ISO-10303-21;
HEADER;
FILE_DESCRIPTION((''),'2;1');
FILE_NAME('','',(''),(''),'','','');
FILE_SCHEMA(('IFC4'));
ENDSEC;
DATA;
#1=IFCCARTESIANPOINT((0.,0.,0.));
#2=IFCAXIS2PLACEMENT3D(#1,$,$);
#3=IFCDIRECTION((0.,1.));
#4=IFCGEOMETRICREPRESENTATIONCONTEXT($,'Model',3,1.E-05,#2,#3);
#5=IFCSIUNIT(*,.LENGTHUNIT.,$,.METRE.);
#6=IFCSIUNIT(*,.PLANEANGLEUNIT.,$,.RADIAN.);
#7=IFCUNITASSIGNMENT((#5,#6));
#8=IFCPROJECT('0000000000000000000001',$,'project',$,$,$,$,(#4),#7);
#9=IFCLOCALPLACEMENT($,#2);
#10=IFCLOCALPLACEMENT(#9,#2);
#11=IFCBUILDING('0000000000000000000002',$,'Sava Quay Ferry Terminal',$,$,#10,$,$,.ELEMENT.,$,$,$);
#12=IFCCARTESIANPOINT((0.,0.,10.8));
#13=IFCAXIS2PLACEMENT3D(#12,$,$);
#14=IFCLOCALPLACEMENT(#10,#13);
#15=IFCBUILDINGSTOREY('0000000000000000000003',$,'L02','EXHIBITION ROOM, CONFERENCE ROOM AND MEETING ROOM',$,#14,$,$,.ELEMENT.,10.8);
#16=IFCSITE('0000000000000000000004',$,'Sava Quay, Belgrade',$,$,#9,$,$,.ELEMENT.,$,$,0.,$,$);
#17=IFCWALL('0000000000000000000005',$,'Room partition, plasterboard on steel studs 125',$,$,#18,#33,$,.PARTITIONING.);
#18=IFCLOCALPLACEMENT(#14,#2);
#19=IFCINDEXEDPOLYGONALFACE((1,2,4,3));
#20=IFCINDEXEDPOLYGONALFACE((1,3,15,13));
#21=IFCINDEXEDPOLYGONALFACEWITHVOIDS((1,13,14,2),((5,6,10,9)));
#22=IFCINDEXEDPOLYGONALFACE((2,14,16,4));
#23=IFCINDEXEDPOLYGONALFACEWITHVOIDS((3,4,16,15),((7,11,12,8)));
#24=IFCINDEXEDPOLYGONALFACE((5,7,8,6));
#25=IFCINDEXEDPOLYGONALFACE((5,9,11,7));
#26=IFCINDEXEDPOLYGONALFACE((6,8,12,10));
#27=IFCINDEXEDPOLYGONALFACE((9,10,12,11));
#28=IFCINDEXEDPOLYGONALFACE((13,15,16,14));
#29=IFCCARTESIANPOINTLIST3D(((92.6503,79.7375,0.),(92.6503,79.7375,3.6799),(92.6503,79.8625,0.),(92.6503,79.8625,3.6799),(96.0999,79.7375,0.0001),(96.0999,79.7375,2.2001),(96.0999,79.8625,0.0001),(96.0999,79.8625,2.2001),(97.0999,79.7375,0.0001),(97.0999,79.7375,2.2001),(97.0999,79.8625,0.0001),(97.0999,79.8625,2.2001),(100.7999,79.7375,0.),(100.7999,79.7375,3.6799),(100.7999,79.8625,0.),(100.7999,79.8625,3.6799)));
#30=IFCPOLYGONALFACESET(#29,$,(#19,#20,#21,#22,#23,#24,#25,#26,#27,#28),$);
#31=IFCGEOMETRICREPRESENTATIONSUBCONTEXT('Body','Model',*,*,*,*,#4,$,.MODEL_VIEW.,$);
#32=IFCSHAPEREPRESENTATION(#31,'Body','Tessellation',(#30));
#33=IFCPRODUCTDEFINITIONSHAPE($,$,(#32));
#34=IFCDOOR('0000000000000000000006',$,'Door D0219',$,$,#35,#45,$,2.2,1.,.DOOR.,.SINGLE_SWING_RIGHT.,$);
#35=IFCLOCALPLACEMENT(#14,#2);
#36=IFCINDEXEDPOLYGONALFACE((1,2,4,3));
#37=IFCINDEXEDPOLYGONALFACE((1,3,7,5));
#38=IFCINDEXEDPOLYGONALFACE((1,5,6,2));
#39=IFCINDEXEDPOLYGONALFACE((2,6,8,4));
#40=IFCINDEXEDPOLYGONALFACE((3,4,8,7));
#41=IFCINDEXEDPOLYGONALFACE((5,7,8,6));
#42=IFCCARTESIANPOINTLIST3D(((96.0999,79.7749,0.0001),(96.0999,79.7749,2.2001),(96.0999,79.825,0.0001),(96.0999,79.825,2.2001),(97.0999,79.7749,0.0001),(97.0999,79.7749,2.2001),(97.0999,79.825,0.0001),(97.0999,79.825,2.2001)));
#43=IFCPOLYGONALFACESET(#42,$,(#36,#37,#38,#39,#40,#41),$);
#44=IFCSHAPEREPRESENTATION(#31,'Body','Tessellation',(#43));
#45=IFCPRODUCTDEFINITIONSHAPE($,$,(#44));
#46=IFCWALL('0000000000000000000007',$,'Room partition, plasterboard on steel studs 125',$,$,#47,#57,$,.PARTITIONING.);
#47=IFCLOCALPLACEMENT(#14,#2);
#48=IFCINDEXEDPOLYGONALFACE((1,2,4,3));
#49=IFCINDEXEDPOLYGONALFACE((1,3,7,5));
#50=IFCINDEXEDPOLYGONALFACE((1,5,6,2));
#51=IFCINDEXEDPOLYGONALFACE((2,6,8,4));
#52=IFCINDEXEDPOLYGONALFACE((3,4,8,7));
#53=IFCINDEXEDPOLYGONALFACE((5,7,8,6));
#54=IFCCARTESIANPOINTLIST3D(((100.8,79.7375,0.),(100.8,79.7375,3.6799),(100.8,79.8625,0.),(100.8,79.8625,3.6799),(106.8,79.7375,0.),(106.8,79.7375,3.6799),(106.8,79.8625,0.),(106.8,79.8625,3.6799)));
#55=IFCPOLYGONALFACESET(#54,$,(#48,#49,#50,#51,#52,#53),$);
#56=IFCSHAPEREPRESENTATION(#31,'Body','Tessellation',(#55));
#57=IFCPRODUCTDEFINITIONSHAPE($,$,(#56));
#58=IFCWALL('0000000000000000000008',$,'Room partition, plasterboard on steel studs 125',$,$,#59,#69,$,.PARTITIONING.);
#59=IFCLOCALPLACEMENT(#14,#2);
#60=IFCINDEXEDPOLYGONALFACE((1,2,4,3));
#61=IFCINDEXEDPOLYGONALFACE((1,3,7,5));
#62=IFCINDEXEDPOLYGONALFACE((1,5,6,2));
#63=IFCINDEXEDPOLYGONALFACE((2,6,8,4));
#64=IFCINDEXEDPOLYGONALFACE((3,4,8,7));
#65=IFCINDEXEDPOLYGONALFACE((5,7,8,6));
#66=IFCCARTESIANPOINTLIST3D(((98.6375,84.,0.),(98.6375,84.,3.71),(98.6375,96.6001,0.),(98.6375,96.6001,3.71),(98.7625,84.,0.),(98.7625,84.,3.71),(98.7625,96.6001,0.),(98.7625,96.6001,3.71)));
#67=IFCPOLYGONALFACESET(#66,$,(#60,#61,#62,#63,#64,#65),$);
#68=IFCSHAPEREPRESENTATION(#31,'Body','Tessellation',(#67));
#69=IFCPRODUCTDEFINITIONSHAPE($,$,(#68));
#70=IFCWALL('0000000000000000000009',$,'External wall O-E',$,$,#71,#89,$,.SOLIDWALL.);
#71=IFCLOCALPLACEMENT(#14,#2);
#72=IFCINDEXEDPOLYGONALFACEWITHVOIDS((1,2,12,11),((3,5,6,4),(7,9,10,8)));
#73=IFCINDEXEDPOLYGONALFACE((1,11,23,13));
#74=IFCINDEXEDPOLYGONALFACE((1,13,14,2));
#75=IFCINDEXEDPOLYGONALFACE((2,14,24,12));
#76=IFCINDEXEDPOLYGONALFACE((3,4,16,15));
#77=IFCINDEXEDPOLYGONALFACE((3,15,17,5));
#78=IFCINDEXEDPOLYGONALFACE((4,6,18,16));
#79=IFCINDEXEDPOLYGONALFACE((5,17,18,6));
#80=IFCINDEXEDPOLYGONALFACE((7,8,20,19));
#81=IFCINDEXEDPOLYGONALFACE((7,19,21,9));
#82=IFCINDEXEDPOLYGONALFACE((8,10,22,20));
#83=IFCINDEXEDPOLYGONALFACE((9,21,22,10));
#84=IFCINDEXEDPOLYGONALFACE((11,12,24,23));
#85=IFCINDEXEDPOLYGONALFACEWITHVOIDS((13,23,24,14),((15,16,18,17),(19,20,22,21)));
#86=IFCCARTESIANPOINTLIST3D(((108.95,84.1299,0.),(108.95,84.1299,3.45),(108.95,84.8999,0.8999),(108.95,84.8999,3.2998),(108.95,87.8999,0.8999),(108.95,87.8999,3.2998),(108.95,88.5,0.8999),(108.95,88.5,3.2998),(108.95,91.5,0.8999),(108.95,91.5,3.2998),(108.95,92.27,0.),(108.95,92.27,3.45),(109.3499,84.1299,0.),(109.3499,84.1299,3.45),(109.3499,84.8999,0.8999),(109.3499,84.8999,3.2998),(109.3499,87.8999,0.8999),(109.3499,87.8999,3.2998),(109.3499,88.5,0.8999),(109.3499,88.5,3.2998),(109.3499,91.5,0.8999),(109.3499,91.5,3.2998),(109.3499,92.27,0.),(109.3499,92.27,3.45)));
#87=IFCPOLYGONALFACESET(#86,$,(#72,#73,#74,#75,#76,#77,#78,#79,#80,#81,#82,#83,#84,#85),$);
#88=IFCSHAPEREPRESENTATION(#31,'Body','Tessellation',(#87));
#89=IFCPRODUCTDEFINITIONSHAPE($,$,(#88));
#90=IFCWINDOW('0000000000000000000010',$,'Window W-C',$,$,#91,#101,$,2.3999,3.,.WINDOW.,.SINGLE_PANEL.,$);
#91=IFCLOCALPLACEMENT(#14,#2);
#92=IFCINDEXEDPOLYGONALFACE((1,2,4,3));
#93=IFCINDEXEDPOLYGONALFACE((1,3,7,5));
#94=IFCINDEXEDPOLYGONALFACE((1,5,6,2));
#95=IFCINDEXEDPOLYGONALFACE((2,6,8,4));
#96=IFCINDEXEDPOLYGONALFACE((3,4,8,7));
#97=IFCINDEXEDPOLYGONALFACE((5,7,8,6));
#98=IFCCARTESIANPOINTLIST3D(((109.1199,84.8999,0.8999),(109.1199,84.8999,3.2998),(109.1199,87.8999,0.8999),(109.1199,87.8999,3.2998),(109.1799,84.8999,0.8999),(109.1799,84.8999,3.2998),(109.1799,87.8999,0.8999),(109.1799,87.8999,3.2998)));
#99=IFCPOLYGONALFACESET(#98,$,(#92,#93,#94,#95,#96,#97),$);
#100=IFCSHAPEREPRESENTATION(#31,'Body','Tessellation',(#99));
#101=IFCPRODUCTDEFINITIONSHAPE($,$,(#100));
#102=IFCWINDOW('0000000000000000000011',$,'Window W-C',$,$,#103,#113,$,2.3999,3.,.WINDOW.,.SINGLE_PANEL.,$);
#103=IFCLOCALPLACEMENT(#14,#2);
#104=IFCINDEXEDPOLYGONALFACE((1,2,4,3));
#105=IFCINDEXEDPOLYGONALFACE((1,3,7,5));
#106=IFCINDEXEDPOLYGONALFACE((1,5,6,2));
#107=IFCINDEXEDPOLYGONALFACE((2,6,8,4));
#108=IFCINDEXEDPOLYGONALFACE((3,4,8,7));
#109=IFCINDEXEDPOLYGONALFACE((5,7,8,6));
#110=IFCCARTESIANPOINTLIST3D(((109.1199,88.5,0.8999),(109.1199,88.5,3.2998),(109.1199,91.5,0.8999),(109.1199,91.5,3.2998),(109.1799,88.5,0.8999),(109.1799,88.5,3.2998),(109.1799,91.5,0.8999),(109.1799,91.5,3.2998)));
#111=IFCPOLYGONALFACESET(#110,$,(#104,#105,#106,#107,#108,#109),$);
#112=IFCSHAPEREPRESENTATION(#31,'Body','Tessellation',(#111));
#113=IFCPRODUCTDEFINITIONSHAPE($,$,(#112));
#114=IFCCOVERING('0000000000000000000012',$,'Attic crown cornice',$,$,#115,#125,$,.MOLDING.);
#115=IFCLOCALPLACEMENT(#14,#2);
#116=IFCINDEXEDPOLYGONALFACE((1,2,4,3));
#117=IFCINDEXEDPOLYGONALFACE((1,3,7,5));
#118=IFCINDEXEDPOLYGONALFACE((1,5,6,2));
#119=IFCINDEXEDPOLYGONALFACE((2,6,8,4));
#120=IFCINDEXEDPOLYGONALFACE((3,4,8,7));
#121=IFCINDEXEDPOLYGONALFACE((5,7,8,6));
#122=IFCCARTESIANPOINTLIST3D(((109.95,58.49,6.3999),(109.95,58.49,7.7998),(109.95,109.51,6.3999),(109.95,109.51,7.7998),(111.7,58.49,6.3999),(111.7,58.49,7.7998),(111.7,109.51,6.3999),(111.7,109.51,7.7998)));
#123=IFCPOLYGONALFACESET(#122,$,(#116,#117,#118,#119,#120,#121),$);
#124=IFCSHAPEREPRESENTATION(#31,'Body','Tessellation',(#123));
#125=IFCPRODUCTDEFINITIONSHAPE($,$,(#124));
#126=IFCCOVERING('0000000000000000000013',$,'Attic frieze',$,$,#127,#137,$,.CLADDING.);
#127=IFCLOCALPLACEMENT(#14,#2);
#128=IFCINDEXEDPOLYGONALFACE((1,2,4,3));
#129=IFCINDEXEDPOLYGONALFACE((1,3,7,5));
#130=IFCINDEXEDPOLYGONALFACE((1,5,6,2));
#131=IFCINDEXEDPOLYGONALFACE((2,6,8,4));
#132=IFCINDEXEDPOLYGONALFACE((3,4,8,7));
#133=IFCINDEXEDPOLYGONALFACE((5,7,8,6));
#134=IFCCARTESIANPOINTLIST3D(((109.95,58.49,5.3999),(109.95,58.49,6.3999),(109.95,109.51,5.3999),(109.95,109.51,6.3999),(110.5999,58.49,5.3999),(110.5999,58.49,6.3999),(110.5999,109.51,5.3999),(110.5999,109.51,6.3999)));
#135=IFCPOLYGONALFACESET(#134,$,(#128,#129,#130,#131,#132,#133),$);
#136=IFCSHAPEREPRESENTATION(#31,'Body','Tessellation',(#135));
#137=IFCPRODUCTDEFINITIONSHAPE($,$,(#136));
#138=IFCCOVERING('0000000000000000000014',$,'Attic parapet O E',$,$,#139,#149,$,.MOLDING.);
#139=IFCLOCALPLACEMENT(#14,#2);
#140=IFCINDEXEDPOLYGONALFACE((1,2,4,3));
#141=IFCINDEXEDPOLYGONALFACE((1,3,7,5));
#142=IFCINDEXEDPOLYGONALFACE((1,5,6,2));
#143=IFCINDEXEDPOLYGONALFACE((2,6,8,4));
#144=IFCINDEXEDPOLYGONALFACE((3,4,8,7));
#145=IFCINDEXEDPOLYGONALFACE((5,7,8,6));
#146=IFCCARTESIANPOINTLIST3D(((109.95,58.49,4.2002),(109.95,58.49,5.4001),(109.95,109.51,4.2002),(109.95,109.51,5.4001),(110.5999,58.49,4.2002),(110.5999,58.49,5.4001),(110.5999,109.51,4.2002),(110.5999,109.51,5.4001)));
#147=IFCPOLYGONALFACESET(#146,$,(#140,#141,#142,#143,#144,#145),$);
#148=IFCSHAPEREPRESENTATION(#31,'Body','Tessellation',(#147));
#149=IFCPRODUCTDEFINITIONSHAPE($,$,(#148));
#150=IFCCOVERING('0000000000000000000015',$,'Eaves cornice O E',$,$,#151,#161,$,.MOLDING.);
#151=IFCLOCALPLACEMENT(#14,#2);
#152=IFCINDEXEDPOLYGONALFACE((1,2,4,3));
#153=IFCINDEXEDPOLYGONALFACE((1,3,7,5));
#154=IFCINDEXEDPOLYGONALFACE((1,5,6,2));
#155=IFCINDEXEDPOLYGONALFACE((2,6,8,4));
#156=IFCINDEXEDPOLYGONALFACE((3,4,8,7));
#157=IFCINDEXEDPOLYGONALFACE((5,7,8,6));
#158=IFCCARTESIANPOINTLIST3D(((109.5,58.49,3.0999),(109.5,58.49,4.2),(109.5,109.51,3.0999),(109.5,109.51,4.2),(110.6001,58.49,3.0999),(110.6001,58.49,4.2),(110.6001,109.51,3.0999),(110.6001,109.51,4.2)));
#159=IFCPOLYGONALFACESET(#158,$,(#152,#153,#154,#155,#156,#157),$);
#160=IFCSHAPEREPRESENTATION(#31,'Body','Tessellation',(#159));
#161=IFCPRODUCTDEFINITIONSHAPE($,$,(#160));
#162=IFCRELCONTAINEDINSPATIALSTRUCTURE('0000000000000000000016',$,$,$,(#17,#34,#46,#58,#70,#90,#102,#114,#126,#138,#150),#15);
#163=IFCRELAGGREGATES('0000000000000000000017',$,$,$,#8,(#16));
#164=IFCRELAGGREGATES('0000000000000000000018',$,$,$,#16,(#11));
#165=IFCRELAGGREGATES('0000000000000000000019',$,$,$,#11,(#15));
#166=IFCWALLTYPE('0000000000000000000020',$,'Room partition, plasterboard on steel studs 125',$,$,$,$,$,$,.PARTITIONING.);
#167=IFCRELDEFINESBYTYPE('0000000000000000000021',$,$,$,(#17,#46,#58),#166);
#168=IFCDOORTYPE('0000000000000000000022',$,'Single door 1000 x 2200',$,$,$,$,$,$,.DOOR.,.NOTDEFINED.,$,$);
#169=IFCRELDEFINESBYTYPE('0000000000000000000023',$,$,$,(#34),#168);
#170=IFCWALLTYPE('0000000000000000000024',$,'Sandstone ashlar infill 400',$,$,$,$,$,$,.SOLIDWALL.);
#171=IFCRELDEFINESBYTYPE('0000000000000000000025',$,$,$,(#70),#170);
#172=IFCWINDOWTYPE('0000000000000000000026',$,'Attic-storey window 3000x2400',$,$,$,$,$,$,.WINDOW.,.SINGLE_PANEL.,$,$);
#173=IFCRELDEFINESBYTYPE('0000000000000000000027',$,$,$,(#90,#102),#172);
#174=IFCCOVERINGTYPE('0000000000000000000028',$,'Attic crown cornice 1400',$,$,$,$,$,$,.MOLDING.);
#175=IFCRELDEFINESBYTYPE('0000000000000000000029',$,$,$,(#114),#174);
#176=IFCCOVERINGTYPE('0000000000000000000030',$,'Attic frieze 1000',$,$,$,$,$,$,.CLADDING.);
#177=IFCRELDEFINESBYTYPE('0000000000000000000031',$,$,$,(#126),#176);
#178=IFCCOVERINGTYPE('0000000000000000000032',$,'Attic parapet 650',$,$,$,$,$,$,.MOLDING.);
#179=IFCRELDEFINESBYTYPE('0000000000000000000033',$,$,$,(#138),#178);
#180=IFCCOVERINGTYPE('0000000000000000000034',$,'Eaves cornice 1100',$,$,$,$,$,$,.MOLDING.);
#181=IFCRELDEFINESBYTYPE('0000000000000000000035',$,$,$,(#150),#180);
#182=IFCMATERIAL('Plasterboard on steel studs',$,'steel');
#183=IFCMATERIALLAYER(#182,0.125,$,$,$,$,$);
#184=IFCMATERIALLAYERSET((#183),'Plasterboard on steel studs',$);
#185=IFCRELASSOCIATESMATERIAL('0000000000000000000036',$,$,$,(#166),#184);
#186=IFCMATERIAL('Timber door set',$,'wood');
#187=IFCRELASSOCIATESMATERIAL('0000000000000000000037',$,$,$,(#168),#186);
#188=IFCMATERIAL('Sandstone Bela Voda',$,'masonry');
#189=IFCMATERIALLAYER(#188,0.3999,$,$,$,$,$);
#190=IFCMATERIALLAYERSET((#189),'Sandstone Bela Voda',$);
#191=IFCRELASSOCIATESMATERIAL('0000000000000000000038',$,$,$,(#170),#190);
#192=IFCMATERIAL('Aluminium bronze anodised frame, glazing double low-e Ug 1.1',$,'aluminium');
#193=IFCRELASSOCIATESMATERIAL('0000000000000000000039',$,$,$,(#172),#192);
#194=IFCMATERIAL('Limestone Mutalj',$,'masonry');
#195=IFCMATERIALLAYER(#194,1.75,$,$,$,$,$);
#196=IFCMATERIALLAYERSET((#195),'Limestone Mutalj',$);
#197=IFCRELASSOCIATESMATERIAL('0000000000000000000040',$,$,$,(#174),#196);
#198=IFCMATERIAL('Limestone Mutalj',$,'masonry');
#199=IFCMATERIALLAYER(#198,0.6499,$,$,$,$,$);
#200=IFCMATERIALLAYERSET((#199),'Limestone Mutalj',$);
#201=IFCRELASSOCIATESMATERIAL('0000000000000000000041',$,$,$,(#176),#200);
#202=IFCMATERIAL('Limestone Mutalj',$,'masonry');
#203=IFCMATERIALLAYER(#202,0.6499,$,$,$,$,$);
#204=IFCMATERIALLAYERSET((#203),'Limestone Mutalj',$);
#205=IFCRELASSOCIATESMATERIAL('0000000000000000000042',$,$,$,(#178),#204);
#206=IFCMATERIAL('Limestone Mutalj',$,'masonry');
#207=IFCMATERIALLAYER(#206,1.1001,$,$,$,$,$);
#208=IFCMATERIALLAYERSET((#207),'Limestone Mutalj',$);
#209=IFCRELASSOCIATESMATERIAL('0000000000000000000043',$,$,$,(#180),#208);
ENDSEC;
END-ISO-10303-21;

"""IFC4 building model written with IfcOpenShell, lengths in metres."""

from ifc_helpers import new_model, si_unit, direction, frame, frame_2d, origin, origin_2d, place, context, subcontext, project, spatial, rectangle, extrude, material, layer, layer_set, type_object, element, fill, save


model = new_model("IFC4")

# Units and contexts
model_context = context("Model", 3, precision=1e-05, world=origin(), true_north=direction((0.0, 1.0)))
body_context = subcontext(model_context, "Body", "Model", "MODEL_VIEW")
ifc_project = project(units=[si_unit("LENGTHUNIT", "METRE"), si_unit("PLANEANGLEUNIT", "RADIAN")], contexts=[model_context])

# Site, building, storey
site_placement = place(None, origin())
site = spatial("IfcSite", under=ifc_project, at=site_placement, Name="Sava Quay, Belgrade", CompositionType="ELEMENT", RefElevation=0.0)
building_placement = place(site_placement, origin())
building = spatial("IfcBuilding", under=site, at=building_placement, Name="Sava Quay Ferry Terminal", CompositionType="ELEMENT")
storey_placement = place(building_placement, frame((0.0, 0.0, 10.8)))
storey = spatial("IfcBuildingStorey", under=building, at=storey_placement, Name="L02", Description="EXHIBITION ROOM, CONFERENCE ROOM AND MEETING ROOM", CompositionType="ELEMENT", Elevation=10.8)

# Wall, opening, door
ifc_material_1 = material(Name="Plasterboard on steel studs", Category="steel")
ifc_layer_1 = layer(ifc_material_1, 0.125)
ifc_layer_set_1 = layer_set([ifc_layer_1], Name="Plasterboard on steel studs")
wall_type_1 = type_object("IfcWallType", Name="Room partition, plasterboard on steel studs 125", PredefinedType="PARTITIONING", material=ifc_layer_set_1)
wall_1_placement = place(storey_placement, frame((92.6504, 79.8, 0.0), z_axis=(0.0, 0.0, 1.0), x_axis=(1.0, 0.0, 0.0)))
wall_1 = element("IfcWall", 1, at=wall_1_placement, inside=storey, type_object=wall_type_1, Name="Room partition, plasterboard on steel studs 125", PredefinedType="PARTITIONING", context=body_context, shape_type="SweptSolid", body=[
    extrude(rectangle(XDim=8.1497, YDim=0.125, at=frame_2d((4.0747, 0.0))), origin(), (0.0, 0.0, 1.0), 3.6799),
])
opening_1_placement = place(wall_1_placement, frame((3.4495, 0.0, 0.0)))
opening_1 = element("IfcOpeningElement", 2, at=opening_1_placement, cuts=wall_1, PredefinedType="OPENING", context=body_context, shape_type="SweptSolid", body=[
    extrude(rectangle(XDim=1.0, YDim=2.2, at=frame_2d((0.5, 1.1001))), frame((0.0, 0.0625, 0.0), z_axis=(0.0, -1.0, 0.0), x_axis=(1.0, 0.0, 0.0)), (0.0, 0.0, 1.0), 0.125),
])
ifc_material_2 = material(Name="Timber door set", Category="wood")
door_type = type_object("IfcDoorType", Name="Single door 1000 x 2200", OperationType="NOTDEFINED", PredefinedType="DOOR", material=ifc_material_2)
door_placement = place(opening_1_placement, origin())
door = element("IfcDoor", 3, at=door_placement, inside=storey, type_object=door_type, Name="Door D0219", OperationType="SINGLE_SWING_RIGHT", OverallHeight=2.2, OverallWidth=1.0, PredefinedType="DOOR", context=body_context, shape_type="SweptSolid", body=[
    extrude(rectangle(XDim=1.0, YDim=2.2, at=frame_2d((0.5, 1.1001))), frame((0.0, 0.0249, 0.0), z_axis=(0.0, -1.0, 0.0), x_axis=(1.0, 0.0, 0.0)), (0.0, 0.0, 1.0), 0.05),
])
fill(opening_1, door)

# Walls
wall_2_placement = place(storey_placement, frame((100.8, 79.8, 0.0), z_axis=(0.0, 0.0, 1.0), x_axis=(1.0, 0.0, 0.0)))
element("IfcWall", 4, at=wall_2_placement, inside=storey, type_object=wall_type_1, Name="Room partition, plasterboard on steel studs 125", PredefinedType="PARTITIONING", context=body_context, shape_type="SweptSolid", body=[
    extrude(rectangle(XDim=6.0, YDim=0.125, at=frame_2d((3.0, 0.0))), origin(), (0.0, 0.0, 1.0), 3.6799),
])
wall_3_placement = place(storey_placement, frame((98.7, 84.0, 0.0), z_axis=(0.0, 0.0, 1.0), x_axis=(0.0, 1.0, 0.0)))
element("IfcWall", 5, at=wall_3_placement, inside=storey, type_object=wall_type_1, Name="Room partition, plasterboard on steel studs 125", PredefinedType="PARTITIONING", context=body_context, shape_type="SweptSolid", body=[
    extrude(rectangle(XDim=12.6001, YDim=0.125, at=frame_2d((6.3, 0.0))), origin(), (0.0, 0.0, 1.0), 3.71),
])

# Wall, openings, windows
ifc_material_3 = material(Name="Sandstone Bela Voda", Category="masonry")
ifc_layer_2 = layer(ifc_material_3, 0.3999)
ifc_layer_set_2 = layer_set([ifc_layer_2], Name="Sandstone Bela Voda")
wall_type_2 = type_object("IfcWallType", Name="Sandstone ashlar infill 400", PredefinedType="SOLIDWALL", material=ifc_layer_set_2)
wall_4_placement = place(storey_placement, frame((109.1499, 84.1299, 0.0), z_axis=(0.0, 0.0, 1.0), x_axis=(0.0, 1.0, 0.0)))
wall_4 = element("IfcWall", 6, at=wall_4_placement, inside=storey, type_object=wall_type_2, Name="External wall O-E", PredefinedType="SOLIDWALL", context=body_context, shape_type="SweptSolid", body=[
    extrude(rectangle(XDim=8.1401, YDim=0.3999, at=frame_2d((4.0701, 0.0))), origin(), (0.0, 0.0, 1.0), 3.45),
])
opening_2_placement = place(wall_4_placement, frame((0.77, 0.0, 0.8999)))
opening_2 = element("IfcOpeningElement", 7, at=opening_2_placement, cuts=wall_4, PredefinedType="OPENING", context=body_context, shape_type="SweptSolid", body=[
    extrude(rectangle(XDim=3.0, YDim=2.3999, at=frame_2d((1.5, 1.2))), frame((0.0, 0.2, 0.0), z_axis=(0.0, -1.0, 0.0), x_axis=(1.0, 0.0, 0.0)), (0.0, 0.0, 1.0), 0.3999),
])
opening_3_placement = place(wall_4_placement, frame((4.3701, 0.0, 0.8999)))
opening_3 = element("IfcOpeningElement", 8, at=opening_3_placement, cuts=wall_4, PredefinedType="OPENING", context=body_context, shape_type="SweptSolid", body=[
    extrude(rectangle(XDim=3.0, YDim=2.3999, at=frame_2d((1.5, 1.2))), frame((0.0, 0.2, 0.0), z_axis=(0.0, -1.0, 0.0), x_axis=(1.0, 0.0, 0.0)), (0.0, 0.0, 1.0), 0.3999),
])
ifc_material_4 = material(Name="Aluminium bronze anodised frame, glazing double low-e Ug 1.1", Category="aluminium")
window_type = type_object("IfcWindowType", Name="Attic-storey window 3000x2400", PartitioningType="SINGLE_PANEL", PredefinedType="WINDOW", material=ifc_material_4)
window_1_placement = place(opening_2_placement, origin())
window_1 = element("IfcWindow", 9, at=window_1_placement, inside=storey, type_object=window_type, Name="Window W-C", OverallHeight=2.3999, OverallWidth=3.0, PartitioningType="SINGLE_PANEL", PredefinedType="WINDOW", context=body_context, shape_type="SweptSolid", body=[
    extrude(rectangle(XDim=3.0, YDim=2.3999, at=frame_2d((1.5, 1.2))), frame((0.0, 0.03, 0.0), z_axis=(0.0, -1.0, 0.0), x_axis=(1.0, 0.0, 0.0)), (0.0, 0.0, 1.0), 0.0601),
])
fill(opening_2, window_1)
window_2_placement = place(opening_3_placement, origin())
window_2 = element("IfcWindow", 10, at=window_2_placement, inside=storey, type_object=window_type, Name="Window W-C", OverallHeight=2.3999, OverallWidth=3.0, PartitioningType="SINGLE_PANEL", PredefinedType="WINDOW", context=body_context, shape_type="SweptSolid", body=[
    extrude(rectangle(XDim=3.0, YDim=2.3999, at=frame_2d((1.5, 1.2))), frame((0.0, 0.03, 0.0), z_axis=(0.0, -1.0, 0.0), x_axis=(1.0, 0.0, 0.0)), (0.0, 0.0, 1.0), 0.0601),
])
fill(opening_3, window_2)

# Coverings
ifc_material_5 = material(Name="Limestone Mutalj", Category="masonry")
ifc_layer_3 = layer(ifc_material_5, 1.75)
ifc_layer_set_3 = layer_set([ifc_layer_3], Name="Limestone Mutalj")
covering_type_1 = type_object("IfcCoveringType", Name="Attic crown cornice 1400", PredefinedType="MOLDING", material=ifc_layer_set_3)
covering_1_placement = place(storey_placement, frame((110.825, 84.0, 6.3999), z_axis=(0.0, 0.0, 1.0), x_axis=(1.0, 0.0, 0.0)))
element("IfcCovering", 11, at=covering_1_placement, inside=storey, type_object=covering_type_1, Name="Attic crown cornice", PredefinedType="MOLDING", context=body_context, shape_type="SweptSolid", body=[
    extrude(rectangle(XDim=1.75, YDim=51.02, at=origin_2d()), origin(), (0.0, 0.0, 1.0), 1.3999),
])
ifc_material_6 = material(Name="Limestone Mutalj", Category="masonry")
ifc_layer_4 = layer(ifc_material_6, 0.6499)
ifc_layer_set_4 = layer_set([ifc_layer_4], Name="Limestone Mutalj")
covering_type_2 = type_object("IfcCoveringType", Name="Attic frieze 1000", PredefinedType="CLADDING", material=ifc_layer_set_4)
covering_2_placement = place(storey_placement, frame((110.2749, 84.0, 5.3999), z_axis=(0.0, 0.0, 1.0), x_axis=(1.0, 0.0, 0.0)))
element("IfcCovering", 12, at=covering_2_placement, inside=storey, type_object=covering_type_2, Name="Attic frieze", PredefinedType="CLADDING", context=body_context, shape_type="SweptSolid", body=[
    extrude(rectangle(XDim=0.6499, YDim=51.02, at=origin_2d()), origin(), (0.0, 0.0, 1.0), 1.0),
])
ifc_material_7 = material(Name="Limestone Mutalj", Category="masonry")
ifc_layer_5 = layer(ifc_material_7, 0.6499)
ifc_layer_set_5 = layer_set([ifc_layer_5], Name="Limestone Mutalj")
covering_type_3 = type_object("IfcCoveringType", Name="Attic parapet 650", PredefinedType="MOLDING", material=ifc_layer_set_5)
covering_3_placement = place(storey_placement, frame((110.2749, 84.0, 4.2002), z_axis=(0.0, 0.0, 1.0), x_axis=(1.0, 0.0, 0.0)))
element("IfcCovering", 13, at=covering_3_placement, inside=storey, type_object=covering_type_3, Name="Attic parapet O E", PredefinedType="MOLDING", context=body_context, shape_type="SweptSolid", body=[
    extrude(rectangle(XDim=0.6499, YDim=51.02, at=origin_2d()), origin(), (0.0, 0.0, 1.0), 1.2),
])
ifc_material_8 = material(Name="Limestone Mutalj", Category="masonry")
ifc_layer_6 = layer(ifc_material_8, 1.1001)
ifc_layer_set_6 = layer_set([ifc_layer_6], Name="Limestone Mutalj")
covering_type_4 = type_object("IfcCoveringType", Name="Eaves cornice 1100", PredefinedType="MOLDING", material=ifc_layer_set_6)
covering_4_placement = place(storey_placement, frame((110.05, 84.0, 3.0999), z_axis=(0.0, 0.0, 1.0), x_axis=(1.0, 0.0, 0.0)))
element("IfcCovering", 14, at=covering_4_placement, inside=storey, type_object=covering_type_4, Name="Eaves cornice O E", PredefinedType="MOLDING", context=body_context, shape_type="SweptSolid", body=[
    extrude(rectangle(XDim=1.1001, YDim=51.02, at=origin_2d()), origin(), (0.0, 0.0, 1.0), 1.1001),
])

save(model, "model.ifc")
